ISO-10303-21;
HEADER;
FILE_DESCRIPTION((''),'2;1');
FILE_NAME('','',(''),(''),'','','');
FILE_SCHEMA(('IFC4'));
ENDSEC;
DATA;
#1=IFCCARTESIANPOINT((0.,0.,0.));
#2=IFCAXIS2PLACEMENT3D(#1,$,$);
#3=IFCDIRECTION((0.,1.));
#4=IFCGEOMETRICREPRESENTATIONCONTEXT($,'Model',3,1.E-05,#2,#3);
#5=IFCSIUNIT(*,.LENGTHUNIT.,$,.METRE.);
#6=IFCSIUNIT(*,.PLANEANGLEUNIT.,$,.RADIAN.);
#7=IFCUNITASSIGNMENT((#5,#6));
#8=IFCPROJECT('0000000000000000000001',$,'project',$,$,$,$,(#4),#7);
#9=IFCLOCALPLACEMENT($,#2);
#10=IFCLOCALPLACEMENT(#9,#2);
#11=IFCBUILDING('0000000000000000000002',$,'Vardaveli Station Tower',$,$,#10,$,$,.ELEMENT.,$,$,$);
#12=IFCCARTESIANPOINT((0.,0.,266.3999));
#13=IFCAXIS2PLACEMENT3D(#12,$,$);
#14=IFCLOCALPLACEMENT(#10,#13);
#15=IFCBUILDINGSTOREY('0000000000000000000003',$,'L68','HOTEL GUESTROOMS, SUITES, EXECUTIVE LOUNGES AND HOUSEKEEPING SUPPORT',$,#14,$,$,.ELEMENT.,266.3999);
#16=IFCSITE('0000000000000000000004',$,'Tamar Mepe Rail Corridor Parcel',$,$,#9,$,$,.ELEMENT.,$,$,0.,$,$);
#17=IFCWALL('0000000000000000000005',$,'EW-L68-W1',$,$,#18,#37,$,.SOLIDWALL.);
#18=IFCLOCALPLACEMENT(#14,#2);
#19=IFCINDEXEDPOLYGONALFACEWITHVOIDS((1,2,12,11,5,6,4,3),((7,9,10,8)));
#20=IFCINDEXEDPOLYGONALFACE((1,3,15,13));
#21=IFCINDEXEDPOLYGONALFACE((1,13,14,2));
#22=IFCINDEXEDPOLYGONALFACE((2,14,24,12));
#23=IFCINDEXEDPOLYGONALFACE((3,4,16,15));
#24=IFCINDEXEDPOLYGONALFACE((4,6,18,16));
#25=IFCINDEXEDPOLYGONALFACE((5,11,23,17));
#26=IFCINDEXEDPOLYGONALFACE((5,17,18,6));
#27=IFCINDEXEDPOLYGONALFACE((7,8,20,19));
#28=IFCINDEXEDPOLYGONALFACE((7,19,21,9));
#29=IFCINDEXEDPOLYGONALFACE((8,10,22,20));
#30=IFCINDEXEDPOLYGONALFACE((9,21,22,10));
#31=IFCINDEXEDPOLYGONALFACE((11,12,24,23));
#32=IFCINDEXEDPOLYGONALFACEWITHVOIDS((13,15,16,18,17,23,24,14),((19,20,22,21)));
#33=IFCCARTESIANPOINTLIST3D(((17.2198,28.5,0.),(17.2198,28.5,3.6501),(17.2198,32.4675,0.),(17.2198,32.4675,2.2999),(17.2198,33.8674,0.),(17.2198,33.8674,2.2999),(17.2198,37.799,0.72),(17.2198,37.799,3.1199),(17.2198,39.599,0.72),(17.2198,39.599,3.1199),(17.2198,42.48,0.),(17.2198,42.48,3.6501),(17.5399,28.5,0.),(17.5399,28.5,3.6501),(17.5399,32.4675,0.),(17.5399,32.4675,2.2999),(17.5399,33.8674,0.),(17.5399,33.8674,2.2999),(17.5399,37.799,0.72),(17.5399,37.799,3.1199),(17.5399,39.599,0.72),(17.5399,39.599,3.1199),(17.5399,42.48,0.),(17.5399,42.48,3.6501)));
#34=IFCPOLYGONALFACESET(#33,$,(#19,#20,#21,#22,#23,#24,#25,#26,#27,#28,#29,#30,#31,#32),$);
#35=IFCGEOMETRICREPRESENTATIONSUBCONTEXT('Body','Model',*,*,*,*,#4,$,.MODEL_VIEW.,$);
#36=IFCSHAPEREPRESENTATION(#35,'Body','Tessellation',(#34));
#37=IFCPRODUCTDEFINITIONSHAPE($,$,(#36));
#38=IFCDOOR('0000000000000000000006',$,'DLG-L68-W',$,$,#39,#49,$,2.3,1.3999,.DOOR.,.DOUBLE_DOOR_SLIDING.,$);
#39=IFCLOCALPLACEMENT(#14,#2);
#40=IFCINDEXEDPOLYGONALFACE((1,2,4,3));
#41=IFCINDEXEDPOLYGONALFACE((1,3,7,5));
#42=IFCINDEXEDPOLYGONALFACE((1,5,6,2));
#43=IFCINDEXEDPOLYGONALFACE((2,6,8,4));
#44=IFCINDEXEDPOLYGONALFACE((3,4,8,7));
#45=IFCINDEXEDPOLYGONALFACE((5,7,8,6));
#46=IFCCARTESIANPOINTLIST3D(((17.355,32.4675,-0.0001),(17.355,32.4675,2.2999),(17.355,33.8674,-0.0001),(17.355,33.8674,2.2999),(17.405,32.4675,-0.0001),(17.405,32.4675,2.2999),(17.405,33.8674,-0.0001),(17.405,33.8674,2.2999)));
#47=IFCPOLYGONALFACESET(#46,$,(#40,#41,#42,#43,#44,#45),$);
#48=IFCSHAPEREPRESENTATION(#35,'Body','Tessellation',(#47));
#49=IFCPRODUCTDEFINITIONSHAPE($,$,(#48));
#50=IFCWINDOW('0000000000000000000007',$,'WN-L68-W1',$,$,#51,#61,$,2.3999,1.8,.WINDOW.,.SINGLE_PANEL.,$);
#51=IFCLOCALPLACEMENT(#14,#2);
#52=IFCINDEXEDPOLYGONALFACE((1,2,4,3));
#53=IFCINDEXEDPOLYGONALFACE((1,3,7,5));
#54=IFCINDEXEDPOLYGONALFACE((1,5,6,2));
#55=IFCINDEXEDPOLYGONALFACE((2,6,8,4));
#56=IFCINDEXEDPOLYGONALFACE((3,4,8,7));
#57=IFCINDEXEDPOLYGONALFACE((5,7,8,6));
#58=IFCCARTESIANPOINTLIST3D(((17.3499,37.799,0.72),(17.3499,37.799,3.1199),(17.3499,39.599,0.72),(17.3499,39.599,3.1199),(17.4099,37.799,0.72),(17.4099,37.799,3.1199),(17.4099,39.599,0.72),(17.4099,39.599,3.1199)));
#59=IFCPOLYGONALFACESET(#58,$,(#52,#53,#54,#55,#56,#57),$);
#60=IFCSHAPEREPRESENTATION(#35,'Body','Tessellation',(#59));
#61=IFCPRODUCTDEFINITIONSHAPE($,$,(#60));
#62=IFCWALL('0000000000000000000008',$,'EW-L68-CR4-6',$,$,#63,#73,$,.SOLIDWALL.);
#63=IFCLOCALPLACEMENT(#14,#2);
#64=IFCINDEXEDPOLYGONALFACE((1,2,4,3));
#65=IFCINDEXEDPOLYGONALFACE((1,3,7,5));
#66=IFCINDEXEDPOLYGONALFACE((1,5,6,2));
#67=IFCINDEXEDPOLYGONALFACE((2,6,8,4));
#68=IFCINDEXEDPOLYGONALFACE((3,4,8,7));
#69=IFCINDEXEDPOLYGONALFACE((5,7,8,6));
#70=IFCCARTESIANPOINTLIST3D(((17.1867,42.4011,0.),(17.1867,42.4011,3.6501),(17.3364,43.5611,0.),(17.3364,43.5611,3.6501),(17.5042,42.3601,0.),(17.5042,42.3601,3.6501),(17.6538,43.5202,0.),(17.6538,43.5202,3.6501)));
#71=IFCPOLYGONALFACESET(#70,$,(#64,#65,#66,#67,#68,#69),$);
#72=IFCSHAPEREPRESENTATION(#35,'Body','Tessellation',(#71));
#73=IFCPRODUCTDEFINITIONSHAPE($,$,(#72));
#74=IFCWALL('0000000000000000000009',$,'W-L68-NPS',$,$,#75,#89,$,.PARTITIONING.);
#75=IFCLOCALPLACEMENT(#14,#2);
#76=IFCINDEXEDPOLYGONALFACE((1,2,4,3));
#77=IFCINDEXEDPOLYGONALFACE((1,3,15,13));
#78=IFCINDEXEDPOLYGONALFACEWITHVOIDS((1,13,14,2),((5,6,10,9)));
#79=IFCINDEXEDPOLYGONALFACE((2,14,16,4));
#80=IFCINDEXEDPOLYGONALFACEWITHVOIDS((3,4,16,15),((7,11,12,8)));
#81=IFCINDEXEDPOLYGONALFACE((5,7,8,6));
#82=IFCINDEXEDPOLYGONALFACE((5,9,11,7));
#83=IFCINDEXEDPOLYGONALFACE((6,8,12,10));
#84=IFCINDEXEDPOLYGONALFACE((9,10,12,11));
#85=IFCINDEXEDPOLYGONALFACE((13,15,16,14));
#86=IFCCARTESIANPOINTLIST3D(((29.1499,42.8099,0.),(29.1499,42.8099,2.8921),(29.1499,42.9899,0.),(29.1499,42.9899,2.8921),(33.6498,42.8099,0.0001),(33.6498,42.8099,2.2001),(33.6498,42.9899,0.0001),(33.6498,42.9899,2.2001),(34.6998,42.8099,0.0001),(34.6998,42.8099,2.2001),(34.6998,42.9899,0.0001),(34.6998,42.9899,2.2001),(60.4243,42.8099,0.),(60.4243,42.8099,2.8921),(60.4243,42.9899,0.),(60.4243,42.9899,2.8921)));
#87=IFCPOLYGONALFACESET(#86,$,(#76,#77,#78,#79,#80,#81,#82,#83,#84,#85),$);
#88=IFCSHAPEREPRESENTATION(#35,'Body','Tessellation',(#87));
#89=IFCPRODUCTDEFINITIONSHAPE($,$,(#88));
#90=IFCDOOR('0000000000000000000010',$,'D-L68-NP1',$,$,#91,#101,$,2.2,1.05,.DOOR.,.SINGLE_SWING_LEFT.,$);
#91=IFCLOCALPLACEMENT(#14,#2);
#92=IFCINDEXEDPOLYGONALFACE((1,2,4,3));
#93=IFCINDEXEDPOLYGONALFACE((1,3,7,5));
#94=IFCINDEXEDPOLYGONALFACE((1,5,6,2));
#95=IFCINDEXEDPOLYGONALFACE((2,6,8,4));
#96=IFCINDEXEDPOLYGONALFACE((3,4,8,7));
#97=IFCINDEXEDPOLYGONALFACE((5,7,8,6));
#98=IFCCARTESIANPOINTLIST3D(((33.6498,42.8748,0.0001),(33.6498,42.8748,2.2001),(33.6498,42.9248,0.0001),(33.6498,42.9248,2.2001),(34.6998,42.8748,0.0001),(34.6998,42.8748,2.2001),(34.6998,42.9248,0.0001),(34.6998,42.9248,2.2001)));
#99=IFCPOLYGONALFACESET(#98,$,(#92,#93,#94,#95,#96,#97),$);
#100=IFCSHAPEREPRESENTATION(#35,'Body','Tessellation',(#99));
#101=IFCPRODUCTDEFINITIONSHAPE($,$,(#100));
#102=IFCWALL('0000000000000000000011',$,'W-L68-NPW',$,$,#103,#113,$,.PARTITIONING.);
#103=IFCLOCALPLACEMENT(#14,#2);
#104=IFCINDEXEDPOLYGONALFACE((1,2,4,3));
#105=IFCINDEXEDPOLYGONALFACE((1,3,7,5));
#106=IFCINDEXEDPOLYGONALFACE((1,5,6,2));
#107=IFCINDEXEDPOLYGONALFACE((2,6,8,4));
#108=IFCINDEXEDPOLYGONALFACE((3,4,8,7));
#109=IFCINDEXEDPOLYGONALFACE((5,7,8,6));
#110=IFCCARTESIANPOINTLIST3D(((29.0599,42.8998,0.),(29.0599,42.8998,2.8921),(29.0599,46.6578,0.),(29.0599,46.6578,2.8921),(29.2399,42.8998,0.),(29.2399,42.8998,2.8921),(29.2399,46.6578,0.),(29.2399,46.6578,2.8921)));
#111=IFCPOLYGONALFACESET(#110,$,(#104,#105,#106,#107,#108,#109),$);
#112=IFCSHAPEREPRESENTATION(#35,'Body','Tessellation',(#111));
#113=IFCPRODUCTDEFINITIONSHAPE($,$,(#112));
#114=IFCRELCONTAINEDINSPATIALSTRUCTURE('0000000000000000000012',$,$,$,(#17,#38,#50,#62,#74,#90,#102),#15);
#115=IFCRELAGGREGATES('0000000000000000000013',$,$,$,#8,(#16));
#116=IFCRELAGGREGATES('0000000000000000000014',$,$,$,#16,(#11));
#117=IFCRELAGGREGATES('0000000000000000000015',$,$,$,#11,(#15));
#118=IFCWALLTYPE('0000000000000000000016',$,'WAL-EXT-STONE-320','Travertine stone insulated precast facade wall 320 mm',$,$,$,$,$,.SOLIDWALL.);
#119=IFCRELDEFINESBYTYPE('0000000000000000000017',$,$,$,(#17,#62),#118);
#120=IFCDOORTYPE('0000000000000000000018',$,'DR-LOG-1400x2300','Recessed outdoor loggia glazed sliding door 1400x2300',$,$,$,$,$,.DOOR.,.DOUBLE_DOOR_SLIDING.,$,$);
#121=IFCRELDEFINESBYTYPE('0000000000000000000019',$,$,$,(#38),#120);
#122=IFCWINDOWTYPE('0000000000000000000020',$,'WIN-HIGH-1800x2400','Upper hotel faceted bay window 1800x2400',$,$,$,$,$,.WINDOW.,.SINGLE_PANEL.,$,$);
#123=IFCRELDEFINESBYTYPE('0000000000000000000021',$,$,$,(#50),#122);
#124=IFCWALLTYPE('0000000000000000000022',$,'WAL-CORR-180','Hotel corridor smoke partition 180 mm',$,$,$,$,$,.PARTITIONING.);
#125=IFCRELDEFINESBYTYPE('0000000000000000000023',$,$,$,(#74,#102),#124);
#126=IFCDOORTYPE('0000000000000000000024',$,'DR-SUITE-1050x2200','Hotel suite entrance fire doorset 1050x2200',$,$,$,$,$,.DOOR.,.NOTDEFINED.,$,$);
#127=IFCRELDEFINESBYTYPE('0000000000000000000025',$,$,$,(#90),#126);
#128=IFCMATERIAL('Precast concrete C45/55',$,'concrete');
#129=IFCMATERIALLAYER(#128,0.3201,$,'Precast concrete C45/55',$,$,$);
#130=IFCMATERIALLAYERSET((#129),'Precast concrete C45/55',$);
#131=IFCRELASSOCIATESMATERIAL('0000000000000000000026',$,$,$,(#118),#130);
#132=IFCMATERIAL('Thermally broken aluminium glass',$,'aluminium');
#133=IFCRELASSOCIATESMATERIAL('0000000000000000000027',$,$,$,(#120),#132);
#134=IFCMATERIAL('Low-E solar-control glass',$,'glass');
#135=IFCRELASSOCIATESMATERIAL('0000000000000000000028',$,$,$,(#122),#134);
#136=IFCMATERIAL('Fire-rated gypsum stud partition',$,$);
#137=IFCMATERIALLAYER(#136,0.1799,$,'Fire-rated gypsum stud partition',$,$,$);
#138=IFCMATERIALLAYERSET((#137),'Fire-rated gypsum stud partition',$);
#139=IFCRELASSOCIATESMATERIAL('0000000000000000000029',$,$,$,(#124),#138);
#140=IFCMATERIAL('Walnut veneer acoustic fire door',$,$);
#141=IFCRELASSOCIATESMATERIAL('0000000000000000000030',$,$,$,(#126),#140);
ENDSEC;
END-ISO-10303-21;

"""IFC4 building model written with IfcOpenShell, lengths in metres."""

from ifc_helpers import new_model, si_unit, direction, frame, frame_2d, origin, place, context, subcontext, project, spatial, rectangle, extrude, source, transform, mapped, material, layer, layer_set, type_object, element, fill, save


model = new_model("IFC4")

# Units and contexts
model_context = context("Model", 3, precision=1e-05, world=origin(), true_north=direction((0.0, 1.0)))
body_context = subcontext(model_context, "Body", "Model", "MODEL_VIEW")
ifc_project = project(units=[si_unit("LENGTHUNIT", "METRE"), si_unit("PLANEANGLEUNIT", "RADIAN")], contexts=[model_context])

# Site, building, storey
site_placement = place(None, origin())
site = spatial("IfcSite", under=ifc_project, at=site_placement, Name="Tamar Mepe Rail Corridor Parcel", CompositionType="ELEMENT", RefElevation=0.0)
building_placement = place(site_placement, origin())
building = spatial("IfcBuilding", under=site, at=building_placement, Name="Vardaveli Station Tower", CompositionType="ELEMENT")
storey_placement = place(building_placement, frame((0.0, 0.0, 266.3999)))
storey = spatial("IfcBuildingStorey", under=building, at=storey_placement, Name="L68", Description="HOTEL GUESTROOMS, SUITES, EXECUTIVE LOUNGES AND HOUSEKEEPING SUPPORT", CompositionType="ELEMENT", Elevation=266.3999)

# Shared definitions
ifc_material_1 = material(Name="Precast concrete C45/55", Category="concrete")

# Shared definitions
ifc_layer_1 = layer(ifc_material_1, 0.3201, Name="Precast concrete C45/55")
ifc_layer_set_1 = layer_set([ifc_layer_1], Name="Precast concrete C45/55")
wall_type_1 = type_object("IfcWallType", Name="WAL-EXT-STONE-320", Description="Travertine stone insulated precast facade wall 320 mm", PredefinedType="SOLIDWALL", material=ifc_layer_set_1)

# Wall, openings, door, window
shared_shape_1 = source(origin(), body_context, "Body", "SweptSolid", [
    extrude(rectangle(XDim=13.98, YDim=0.3201, at=frame_2d((6.99, 0.0))), origin(), (0.0, 0.0, 1.0), 3.6501),
])
wall_1_placement = place(storey_placement, frame((17.3799, 42.48, 0.0), z_axis=(0.0, 0.0, 1.0), x_axis=(0.0, -1.0, 0.0)))
wall_1 = element("IfcWall", 1, at=wall_1_placement, inside=storey, type_object=wall_type_1, Name="EW-L68-W1", PredefinedType="SOLIDWALL", context=body_context, shape_type="MappedRepresentation", body=[
    mapped(shared_shape_1, transform((0.0, 0.0, 0.0), scale=1.0)),
])
shared_shape_2 = source(origin(), body_context, "Body", "SweptSolid", [
    extrude(rectangle(XDim=1.3999, YDim=2.3, at=frame_2d((0.7, 1.1499))), frame((0.0, 0.1699, 0.0), z_axis=(0.0, -1.0, 0.0), x_axis=(1.0, 0.0, 0.0)), (0.0, 0.0, 1.0), 0.3401),
])
opening_1_placement = place(wall_1_placement, frame((8.6125, 0.0, 0.0)))
opening_1 = element("IfcOpeningElement", 2, at=opening_1_placement, cuts=wall_1, PredefinedType="OPENING", context=body_context, shape_type="MappedRepresentation", body=[
    mapped(shared_shape_2, transform((0.0, 0.0, 0.0), scale=1.0)),
])
shared_shape_3 = source(origin(), body_context, "Body", "SweptSolid", [
    extrude(rectangle(XDim=1.8, YDim=2.3999, at=frame_2d((0.8999, 1.2))), frame((0.0, 0.1699, 0.0), z_axis=(0.0, -1.0, 0.0), x_axis=(1.0, 0.0, 0.0)), (0.0, 0.0, 1.0), 0.3401),
])
opening_2_placement = place(wall_1_placement, frame((2.8811, 0.0, 0.72)))
opening_2 = element("IfcOpeningElement", 3, at=opening_2_placement, cuts=wall_1, PredefinedType="OPENING", context=body_context, shape_type="MappedRepresentation", body=[
    mapped(shared_shape_3, transform((0.0, 0.0, 0.0), scale=1.0)),
])
ifc_material_2 = material(Name="Thermally broken aluminium glass", Category="aluminium")
door_type_1 = type_object("IfcDoorType", Name="DR-LOG-1400x2300", Description="Recessed outdoor loggia glazed sliding door 1400x2300", OperationType="DOUBLE_DOOR_SLIDING", PredefinedType="DOOR", material=ifc_material_2)
shared_shape_4 = source(origin(), body_context, "Body", "SweptSolid", [
    extrude(rectangle(XDim=1.3999, YDim=2.3, at=frame_2d((0.7, 1.1499))), frame((0.0, 0.0249, 0.0), z_axis=(0.0, -1.0, 0.0), x_axis=(1.0, 0.0, 0.0)), (0.0, 0.0, 1.0), 0.05),
])
door_1_placement = place(opening_1_placement, frame((1.3999, 0.0, 0.0), z_axis=(0.0, 0.0, 1.0), x_axis=(-1.0, 0.0, 0.0)))
door_1 = element("IfcDoor", 4, at=door_1_placement, inside=storey, type_object=door_type_1, Name="DLG-L68-W", OperationType="DOUBLE_DOOR_SLIDING", OverallHeight=2.3, OverallWidth=1.3999, PredefinedType="DOOR", context=body_context, shape_type="MappedRepresentation", body=[
    mapped(shared_shape_4, transform((0.0, 0.0, 0.0), scale=1.0)),
])
fill(opening_1, door_1)
ifc_material_3 = material(Name="Low-E solar-control glass", Category="glass")
window_type = type_object("IfcWindowType", Name="WIN-HIGH-1800x2400", Description="Upper hotel faceted bay window 1800x2400", PartitioningType="SINGLE_PANEL", PredefinedType="WINDOW", material=ifc_material_3)
shared_shape_5 = source(origin(), body_context, "Body", "SweptSolid", [
    extrude(rectangle(XDim=1.8, YDim=2.3999, at=frame_2d((0.8999, 1.2))), frame((0.0, 0.03, 0.0), z_axis=(0.0, -1.0, 0.0), x_axis=(1.0, 0.0, 0.0)), (0.0, 0.0, 1.0), 0.0601),
])
window_placement = place(opening_2_placement, origin())
window = element("IfcWindow", 5, at=window_placement, inside=storey, type_object=window_type, Name="WN-L68-W1", OverallHeight=2.3999, OverallWidth=1.8, PartitioningType="SINGLE_PANEL", PredefinedType="WINDOW", context=body_context, shape_type="MappedRepresentation", body=[
    mapped(shared_shape_5, transform((0.0, 0.0, 0.0), scale=1.0)),
])
fill(opening_2, window)

# Wall
shared_shape_6 = source(origin(), body_context, "Body", "SweptSolid", [
    extrude(rectangle(XDim=1.1697, YDim=0.3201, at=frame_2d((0.585, 0.0))), origin(), (0.0, 0.0, 1.0), 3.6501),
])
wall_2_placement = place(storey_placement, frame((17.4951, 43.5408, 0.0), z_axis=(0.0, 0.0, 1.0), x_axis=(-0.127938, -0.991782, 0.0)))
element("IfcWall", 6, at=wall_2_placement, inside=storey, type_object=wall_type_1, Name="EW-L68-CR4-6", PredefinedType="SOLIDWALL", context=body_context, shape_type="MappedRepresentation", body=[
    mapped(shared_shape_6, transform((0.0, 0.0, 0.0), scale=1.0)),
])

# Wall, opening, door
ifc_material_4 = material(Name="Fire-rated gypsum stud partition")
ifc_layer_2 = layer(ifc_material_4, 0.1799, Name="Fire-rated gypsum stud partition")
ifc_layer_set_2 = layer_set([ifc_layer_2], Name="Fire-rated gypsum stud partition")
wall_type_2 = type_object("IfcWallType", Name="WAL-CORR-180", Description="Hotel corridor smoke partition 180 mm", PredefinedType="PARTITIONING", material=ifc_layer_set_2)
shared_shape_7 = source(origin(), body_context, "Body", "SweptSolid", [
    extrude(rectangle(XDim=31.2744, YDim=0.1799, at=frame_2d((15.6372, 0.0))), origin(), (0.0, 0.0, 1.0), 2.8921),
])
wall_3_placement = place(storey_placement, frame((29.1499, 42.8999, 0.0), z_axis=(0.0, 0.0, 1.0), x_axis=(1.0, 0.0, 0.0)))
wall_3 = element("IfcWall", 7, at=wall_3_placement, inside=storey, type_object=wall_type_2, Name="W-L68-NPS", PredefinedType="PARTITIONING", context=body_context, shape_type="MappedRepresentation", body=[
    mapped(shared_shape_7, transform((0.0, 0.0, 0.0), scale=1.0)),
])
shared_shape_8 = source(origin(), body_context, "Body", "SweptSolid", [
    extrude(rectangle(XDim=1.05, YDim=2.2, at=frame_2d((0.5249, 1.1001))), frame((0.0, 0.1001, 0.0), z_axis=(0.0, -1.0, 0.0), x_axis=(1.0, 0.0, 0.0)), (0.0, 0.0, 1.0), 0.2),
])
opening_3_placement = place(wall_3_placement, frame((4.5, 0.0, 0.0)))
opening_3 = element("IfcOpeningElement", 8, at=opening_3_placement, cuts=wall_3, PredefinedType="OPENING", context=body_context, shape_type="MappedRepresentation", body=[
    mapped(shared_shape_8, transform((0.0, 0.0, 0.0), scale=1.0)),
])
ifc_material_5 = material(Name="Walnut veneer acoustic fire door")
door_type_2 = type_object("IfcDoorType", Name="DR-SUITE-1050x2200", Description="Hotel suite entrance fire doorset 1050x2200", OperationType="NOTDEFINED", PredefinedType="DOOR", material=ifc_material_5)
shared_shape_9 = source(origin(), body_context, "Body", "SweptSolid", [
    extrude(rectangle(XDim=1.05, YDim=2.2, at=frame_2d((0.5249, 1.1001))), frame((0.0, 0.0249, 0.0), z_axis=(0.0, -1.0, 0.0), x_axis=(1.0, 0.0, 0.0)), (0.0, 0.0, 1.0), 0.05),
])
door_2_placement = place(opening_3_placement, origin())
door_2 = element("IfcDoor", 9, at=door_2_placement, inside=storey, type_object=door_type_2, Name="D-L68-NP1", OperationType="SINGLE_SWING_LEFT", OverallHeight=2.2, OverallWidth=1.05, PredefinedType="DOOR", context=body_context, shape_type="MappedRepresentation", body=[
    mapped(shared_shape_9, transform((0.0, 0.0, 0.0), scale=1.0)),
])
fill(opening_3, door_2)

# Wall
shared_shape_10 = source(origin(), body_context, "Body", "SweptSolid", [
    extrude(rectangle(XDim=3.7581, YDim=0.1799, at=frame_2d((1.8789, 0.0))), origin(), (0.0, 0.0, 1.0), 2.8921),
])
wall_4_placement = place(storey_placement, frame((29.1499, 42.8999, 0.0), z_axis=(0.0, 0.0, 1.0), x_axis=(0.0, 1.0, 0.0)))
element("IfcWall", 10, at=wall_4_placement, inside=storey, type_object=wall_type_2, Name="W-L68-NPW", PredefinedType="PARTITIONING", context=body_context, shape_type="MappedRepresentation", body=[
    mapped(shared_shape_10, transform((0.0, 0.0, 0.0), scale=1.0)),
])

save(model, "model.ifc")
